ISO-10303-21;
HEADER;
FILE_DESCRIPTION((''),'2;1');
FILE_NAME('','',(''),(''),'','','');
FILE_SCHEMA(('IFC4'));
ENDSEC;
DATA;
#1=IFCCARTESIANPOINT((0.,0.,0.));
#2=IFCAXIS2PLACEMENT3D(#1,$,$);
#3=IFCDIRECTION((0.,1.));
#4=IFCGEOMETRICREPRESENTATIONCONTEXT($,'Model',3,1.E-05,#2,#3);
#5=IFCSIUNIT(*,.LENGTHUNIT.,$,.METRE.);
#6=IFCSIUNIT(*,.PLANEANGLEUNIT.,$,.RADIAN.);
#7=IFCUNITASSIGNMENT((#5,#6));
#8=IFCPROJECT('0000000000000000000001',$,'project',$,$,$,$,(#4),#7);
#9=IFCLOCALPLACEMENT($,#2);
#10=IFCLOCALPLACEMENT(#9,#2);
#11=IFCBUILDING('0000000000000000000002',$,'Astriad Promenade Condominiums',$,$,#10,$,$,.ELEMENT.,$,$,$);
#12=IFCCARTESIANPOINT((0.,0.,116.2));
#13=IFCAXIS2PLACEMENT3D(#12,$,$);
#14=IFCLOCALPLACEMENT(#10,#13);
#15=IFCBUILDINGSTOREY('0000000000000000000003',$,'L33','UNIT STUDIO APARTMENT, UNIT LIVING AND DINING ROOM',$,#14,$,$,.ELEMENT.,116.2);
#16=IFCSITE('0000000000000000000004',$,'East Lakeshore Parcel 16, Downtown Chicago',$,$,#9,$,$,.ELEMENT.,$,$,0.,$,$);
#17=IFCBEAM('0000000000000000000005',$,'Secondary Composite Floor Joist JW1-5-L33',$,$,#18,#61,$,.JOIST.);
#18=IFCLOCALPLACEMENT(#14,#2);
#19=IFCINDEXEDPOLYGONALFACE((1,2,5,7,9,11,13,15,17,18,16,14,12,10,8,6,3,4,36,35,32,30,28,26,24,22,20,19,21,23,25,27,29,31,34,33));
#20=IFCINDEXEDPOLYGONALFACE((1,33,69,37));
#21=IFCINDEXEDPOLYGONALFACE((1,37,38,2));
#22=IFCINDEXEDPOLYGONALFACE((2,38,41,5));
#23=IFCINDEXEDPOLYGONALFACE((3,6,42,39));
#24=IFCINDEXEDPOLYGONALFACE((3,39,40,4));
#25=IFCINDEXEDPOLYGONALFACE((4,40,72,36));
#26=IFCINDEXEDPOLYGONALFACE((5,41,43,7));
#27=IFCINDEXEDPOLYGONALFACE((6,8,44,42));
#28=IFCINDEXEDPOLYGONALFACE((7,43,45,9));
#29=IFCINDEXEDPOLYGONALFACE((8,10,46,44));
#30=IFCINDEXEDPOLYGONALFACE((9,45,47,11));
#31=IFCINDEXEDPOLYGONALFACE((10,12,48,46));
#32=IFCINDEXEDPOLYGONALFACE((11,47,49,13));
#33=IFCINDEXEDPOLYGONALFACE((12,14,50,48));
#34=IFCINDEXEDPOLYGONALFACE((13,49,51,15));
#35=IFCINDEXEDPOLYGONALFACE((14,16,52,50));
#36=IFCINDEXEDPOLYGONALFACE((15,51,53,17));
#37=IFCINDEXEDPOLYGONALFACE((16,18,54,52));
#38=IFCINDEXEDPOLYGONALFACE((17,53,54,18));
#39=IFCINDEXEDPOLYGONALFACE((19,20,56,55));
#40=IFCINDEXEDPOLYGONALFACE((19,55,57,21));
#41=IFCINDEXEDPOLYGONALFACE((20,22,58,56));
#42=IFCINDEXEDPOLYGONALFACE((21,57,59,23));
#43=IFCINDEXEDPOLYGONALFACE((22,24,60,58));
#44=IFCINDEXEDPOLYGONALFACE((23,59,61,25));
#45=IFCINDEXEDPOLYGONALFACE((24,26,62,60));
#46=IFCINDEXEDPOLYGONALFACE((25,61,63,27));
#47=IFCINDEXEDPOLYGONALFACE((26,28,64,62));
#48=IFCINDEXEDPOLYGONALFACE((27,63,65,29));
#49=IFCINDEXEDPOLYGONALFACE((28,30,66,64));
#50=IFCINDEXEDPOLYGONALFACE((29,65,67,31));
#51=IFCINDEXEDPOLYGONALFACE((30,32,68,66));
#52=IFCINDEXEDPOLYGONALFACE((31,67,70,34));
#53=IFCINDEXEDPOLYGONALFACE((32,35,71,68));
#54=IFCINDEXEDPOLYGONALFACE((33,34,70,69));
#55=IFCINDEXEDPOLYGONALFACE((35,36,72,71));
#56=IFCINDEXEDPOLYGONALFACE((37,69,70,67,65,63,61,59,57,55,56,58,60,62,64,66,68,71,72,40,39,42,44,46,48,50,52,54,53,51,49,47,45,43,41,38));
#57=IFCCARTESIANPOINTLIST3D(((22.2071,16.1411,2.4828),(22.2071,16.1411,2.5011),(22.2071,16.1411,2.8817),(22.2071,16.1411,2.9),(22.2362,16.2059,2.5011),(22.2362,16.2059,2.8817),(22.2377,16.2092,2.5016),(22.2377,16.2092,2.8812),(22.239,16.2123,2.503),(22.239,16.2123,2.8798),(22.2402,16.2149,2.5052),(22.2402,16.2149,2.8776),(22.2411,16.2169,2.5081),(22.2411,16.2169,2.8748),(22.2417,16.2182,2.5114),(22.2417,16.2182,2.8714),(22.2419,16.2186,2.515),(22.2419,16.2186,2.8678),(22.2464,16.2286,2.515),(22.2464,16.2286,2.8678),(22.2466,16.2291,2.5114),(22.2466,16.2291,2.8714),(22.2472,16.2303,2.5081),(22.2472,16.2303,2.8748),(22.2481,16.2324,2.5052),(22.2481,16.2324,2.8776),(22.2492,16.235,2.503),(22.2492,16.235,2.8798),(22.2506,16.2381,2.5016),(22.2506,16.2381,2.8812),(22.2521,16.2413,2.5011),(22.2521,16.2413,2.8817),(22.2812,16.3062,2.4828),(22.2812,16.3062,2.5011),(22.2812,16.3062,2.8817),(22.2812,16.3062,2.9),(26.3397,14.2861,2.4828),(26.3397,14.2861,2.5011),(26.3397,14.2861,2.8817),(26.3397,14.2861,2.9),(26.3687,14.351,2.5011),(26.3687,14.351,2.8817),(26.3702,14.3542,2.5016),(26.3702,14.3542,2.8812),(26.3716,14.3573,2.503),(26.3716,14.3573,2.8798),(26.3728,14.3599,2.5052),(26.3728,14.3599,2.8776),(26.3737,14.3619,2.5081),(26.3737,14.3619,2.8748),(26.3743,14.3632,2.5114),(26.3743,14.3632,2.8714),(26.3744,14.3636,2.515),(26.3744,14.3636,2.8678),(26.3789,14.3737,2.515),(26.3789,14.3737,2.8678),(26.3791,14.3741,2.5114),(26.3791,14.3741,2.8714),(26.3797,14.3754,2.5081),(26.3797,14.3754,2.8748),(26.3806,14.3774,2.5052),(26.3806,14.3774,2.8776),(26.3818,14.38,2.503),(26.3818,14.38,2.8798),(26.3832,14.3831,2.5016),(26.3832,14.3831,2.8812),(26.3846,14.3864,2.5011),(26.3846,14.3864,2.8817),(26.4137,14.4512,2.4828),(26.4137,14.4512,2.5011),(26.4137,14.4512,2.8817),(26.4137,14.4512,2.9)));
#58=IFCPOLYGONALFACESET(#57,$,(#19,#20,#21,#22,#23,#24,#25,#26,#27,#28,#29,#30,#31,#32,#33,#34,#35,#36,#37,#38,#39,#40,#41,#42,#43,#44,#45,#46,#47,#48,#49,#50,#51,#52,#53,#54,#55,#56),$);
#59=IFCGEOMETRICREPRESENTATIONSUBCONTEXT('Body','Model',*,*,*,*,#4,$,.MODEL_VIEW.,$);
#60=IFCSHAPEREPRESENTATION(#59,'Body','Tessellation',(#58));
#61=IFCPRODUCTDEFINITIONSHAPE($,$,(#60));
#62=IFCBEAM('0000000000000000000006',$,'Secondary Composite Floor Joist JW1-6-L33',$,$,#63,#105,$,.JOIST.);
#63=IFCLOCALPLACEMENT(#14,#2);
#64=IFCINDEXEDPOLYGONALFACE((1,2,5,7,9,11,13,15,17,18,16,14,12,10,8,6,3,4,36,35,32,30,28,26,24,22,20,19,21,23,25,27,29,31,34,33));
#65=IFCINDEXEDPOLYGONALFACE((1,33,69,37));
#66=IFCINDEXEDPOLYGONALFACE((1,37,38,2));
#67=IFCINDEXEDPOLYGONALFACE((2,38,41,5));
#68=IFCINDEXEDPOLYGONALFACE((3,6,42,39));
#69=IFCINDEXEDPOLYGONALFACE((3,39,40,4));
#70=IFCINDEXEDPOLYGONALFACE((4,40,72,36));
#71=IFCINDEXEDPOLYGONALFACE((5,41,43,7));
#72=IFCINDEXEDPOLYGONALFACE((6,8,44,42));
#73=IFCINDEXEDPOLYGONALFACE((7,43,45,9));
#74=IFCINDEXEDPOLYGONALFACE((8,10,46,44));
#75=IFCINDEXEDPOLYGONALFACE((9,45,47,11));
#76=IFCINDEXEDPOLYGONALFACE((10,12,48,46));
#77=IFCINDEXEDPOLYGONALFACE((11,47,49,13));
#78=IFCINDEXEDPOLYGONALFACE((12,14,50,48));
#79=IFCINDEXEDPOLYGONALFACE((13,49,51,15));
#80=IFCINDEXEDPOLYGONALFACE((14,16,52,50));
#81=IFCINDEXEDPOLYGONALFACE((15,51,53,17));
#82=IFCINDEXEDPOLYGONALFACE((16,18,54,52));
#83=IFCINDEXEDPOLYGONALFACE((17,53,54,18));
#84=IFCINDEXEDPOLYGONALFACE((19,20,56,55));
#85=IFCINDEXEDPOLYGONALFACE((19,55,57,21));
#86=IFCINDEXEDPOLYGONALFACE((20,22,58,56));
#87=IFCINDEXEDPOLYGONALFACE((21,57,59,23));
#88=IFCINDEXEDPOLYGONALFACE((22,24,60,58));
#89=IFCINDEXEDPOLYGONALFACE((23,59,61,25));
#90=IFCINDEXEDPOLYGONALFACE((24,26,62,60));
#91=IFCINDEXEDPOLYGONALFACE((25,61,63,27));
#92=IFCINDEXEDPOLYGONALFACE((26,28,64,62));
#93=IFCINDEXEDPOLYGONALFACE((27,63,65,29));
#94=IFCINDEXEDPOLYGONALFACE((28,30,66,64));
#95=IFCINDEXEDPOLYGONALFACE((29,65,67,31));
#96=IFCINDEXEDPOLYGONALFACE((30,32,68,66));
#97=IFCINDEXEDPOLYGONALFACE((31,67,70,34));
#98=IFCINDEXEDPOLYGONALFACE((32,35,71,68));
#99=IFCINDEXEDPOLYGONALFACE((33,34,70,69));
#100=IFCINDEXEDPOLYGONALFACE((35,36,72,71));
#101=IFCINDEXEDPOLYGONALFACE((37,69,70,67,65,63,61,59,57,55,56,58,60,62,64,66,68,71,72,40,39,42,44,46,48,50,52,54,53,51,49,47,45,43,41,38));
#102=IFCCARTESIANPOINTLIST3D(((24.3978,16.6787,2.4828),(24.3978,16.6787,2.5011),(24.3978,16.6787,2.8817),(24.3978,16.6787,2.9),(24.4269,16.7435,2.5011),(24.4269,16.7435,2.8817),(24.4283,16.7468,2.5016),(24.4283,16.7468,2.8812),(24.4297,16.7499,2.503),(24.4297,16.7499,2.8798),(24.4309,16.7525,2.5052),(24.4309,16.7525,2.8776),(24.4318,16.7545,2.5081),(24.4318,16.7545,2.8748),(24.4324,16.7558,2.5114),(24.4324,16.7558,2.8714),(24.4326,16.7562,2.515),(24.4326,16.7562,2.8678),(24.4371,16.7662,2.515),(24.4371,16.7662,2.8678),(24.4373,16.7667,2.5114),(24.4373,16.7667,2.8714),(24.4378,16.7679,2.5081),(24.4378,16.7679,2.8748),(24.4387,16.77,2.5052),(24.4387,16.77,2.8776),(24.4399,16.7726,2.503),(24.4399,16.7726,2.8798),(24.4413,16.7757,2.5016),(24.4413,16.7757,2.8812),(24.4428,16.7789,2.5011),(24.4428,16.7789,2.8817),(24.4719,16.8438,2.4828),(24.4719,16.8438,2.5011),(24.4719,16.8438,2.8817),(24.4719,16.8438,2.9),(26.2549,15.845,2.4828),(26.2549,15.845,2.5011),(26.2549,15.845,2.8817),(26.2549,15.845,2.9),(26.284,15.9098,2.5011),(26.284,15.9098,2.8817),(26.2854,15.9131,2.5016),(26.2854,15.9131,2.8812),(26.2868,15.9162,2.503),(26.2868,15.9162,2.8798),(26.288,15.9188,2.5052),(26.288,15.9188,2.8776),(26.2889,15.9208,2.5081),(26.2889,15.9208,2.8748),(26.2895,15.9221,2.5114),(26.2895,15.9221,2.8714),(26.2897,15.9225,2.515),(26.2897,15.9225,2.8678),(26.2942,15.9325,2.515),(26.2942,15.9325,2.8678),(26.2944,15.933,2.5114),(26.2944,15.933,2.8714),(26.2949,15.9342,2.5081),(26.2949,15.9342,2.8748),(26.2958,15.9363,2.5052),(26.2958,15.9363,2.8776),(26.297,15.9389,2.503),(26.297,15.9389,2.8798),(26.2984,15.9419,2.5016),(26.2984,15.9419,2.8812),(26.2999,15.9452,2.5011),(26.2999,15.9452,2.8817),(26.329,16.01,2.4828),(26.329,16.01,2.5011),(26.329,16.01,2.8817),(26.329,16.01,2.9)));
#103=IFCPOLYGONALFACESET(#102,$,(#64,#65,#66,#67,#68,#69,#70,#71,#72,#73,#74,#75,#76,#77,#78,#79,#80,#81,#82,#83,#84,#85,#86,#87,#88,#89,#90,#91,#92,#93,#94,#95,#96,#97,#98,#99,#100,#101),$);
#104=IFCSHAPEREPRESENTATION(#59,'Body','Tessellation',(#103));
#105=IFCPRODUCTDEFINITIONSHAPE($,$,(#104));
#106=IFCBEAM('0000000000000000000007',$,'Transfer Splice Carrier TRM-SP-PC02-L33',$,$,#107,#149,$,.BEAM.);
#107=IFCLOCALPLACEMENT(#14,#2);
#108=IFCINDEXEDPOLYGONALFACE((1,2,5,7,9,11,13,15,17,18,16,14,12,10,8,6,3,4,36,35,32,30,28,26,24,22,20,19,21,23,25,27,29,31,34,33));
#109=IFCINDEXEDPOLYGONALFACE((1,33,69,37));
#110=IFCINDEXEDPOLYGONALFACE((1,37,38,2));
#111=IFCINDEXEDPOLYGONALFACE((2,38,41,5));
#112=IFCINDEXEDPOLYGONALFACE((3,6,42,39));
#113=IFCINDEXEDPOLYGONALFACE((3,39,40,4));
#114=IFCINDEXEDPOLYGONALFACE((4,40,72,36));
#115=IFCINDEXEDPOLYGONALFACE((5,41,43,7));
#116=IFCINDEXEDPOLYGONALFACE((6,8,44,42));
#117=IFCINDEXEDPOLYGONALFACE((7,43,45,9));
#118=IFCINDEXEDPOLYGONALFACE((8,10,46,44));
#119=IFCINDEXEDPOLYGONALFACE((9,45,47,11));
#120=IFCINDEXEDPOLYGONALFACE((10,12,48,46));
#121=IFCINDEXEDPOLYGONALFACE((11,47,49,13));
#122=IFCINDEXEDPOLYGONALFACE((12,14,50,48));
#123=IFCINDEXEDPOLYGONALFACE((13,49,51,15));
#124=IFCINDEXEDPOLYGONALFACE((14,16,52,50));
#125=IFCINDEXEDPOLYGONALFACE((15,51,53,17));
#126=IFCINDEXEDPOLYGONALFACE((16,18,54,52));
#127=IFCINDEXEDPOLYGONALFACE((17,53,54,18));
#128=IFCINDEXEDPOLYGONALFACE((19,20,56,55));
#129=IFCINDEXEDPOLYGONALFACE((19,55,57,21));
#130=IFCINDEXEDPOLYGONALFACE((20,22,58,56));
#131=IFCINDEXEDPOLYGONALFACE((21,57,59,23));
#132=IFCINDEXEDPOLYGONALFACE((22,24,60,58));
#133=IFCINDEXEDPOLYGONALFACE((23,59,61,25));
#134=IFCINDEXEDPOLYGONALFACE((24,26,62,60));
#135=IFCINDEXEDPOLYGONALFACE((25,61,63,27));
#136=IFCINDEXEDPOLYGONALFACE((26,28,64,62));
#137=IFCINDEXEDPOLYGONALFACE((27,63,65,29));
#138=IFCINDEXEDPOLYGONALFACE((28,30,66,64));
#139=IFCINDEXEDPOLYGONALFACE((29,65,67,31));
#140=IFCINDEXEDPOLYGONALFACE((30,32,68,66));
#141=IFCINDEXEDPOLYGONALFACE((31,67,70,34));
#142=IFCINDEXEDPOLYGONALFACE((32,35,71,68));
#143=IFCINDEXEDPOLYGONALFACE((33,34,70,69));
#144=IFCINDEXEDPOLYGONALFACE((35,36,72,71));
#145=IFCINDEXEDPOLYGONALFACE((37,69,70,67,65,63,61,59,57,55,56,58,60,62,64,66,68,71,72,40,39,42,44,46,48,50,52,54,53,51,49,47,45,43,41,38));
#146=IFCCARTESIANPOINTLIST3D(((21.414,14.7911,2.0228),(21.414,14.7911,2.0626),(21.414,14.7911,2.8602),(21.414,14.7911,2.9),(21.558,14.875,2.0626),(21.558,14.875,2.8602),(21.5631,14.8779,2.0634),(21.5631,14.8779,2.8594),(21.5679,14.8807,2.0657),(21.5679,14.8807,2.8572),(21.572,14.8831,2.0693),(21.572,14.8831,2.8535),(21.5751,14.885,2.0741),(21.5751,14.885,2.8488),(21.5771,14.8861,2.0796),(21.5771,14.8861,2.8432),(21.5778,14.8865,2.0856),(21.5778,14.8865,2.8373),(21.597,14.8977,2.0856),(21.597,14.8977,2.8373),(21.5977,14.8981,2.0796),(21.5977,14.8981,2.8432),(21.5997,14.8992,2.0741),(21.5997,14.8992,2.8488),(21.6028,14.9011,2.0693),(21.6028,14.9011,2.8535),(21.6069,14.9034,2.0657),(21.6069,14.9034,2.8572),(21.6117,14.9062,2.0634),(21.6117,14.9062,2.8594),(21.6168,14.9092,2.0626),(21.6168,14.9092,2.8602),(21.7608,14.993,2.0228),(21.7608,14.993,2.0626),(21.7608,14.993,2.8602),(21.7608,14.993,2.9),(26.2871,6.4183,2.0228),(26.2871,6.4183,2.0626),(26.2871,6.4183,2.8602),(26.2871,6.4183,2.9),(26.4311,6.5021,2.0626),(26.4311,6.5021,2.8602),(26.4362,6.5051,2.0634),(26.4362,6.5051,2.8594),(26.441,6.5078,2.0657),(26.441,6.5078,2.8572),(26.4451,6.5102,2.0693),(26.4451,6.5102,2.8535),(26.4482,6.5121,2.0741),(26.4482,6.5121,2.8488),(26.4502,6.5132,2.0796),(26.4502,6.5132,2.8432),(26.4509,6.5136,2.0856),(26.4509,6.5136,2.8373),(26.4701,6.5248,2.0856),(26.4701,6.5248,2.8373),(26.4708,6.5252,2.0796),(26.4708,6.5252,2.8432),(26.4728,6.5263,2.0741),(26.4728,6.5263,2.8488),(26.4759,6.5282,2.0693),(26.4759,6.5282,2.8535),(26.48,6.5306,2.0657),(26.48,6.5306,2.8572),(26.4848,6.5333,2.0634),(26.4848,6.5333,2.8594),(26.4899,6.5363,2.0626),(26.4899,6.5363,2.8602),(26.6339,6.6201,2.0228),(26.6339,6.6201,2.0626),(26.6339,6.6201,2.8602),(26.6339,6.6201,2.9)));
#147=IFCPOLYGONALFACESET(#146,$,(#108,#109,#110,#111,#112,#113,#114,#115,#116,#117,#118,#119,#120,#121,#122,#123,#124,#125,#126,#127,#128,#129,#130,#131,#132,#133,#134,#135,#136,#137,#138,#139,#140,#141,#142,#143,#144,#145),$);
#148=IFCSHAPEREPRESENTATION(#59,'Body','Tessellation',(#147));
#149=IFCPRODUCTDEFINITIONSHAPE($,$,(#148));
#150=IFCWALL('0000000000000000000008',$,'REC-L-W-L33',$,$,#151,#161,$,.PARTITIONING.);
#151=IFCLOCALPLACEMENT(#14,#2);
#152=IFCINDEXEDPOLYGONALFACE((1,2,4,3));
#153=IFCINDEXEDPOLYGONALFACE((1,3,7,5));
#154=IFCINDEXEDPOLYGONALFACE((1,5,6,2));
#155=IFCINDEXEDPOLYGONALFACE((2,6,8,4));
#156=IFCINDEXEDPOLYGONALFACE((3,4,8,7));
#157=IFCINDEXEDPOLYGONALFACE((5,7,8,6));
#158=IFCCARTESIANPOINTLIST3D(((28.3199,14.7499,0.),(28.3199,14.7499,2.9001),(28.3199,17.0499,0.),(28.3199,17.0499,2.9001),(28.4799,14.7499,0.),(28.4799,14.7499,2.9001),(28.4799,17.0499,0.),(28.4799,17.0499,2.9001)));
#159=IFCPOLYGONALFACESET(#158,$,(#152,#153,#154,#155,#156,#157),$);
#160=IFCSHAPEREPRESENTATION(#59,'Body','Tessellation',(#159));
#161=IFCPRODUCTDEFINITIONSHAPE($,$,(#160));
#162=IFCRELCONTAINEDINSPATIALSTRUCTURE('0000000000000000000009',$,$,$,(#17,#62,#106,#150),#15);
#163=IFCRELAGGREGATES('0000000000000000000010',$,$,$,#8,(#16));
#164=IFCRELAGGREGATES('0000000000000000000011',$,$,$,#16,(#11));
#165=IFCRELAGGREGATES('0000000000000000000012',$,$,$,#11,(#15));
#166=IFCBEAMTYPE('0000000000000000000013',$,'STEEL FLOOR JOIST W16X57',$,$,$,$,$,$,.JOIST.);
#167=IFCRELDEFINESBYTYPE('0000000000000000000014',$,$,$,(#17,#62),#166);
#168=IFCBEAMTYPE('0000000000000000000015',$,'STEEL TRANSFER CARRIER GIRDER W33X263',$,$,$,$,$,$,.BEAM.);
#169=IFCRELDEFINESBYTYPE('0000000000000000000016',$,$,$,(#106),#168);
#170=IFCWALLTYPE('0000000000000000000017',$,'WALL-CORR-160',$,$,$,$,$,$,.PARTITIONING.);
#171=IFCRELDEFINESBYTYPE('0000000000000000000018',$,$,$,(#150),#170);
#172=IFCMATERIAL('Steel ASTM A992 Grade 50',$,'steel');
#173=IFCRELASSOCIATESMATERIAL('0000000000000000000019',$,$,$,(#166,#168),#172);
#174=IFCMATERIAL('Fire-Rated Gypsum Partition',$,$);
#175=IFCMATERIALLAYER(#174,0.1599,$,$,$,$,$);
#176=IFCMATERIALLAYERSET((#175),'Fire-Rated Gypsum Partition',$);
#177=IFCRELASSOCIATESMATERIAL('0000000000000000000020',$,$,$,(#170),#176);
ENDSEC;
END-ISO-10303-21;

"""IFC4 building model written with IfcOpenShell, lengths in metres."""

from ifc_helpers import new_model, si_unit, direction, frame, frame_2d, origin, origin_2d, place, context, subcontext, project, spatial, rectangle, i_section, extrude, source, transform, mapped, material, layer, layer_set, material_profile, profile_set, type_object, type_shapes, element, save


model = new_model("IFC4")

# Units and contexts
model_context = context("Model", 3, precision=1e-05, world=origin(), true_north=direction((0.0, 1.0)))
body_context = subcontext(model_context, "Body", "Model", "MODEL_VIEW")
ifc_project = project(units=[si_unit("LENGTHUNIT", "METRE"), si_unit("PLANEANGLEUNIT", "RADIAN")], contexts=[model_context])

# Site, building, storey
site_placement = place(None, origin())
site = spatial("IfcSite", under=ifc_project, at=site_placement, Name="East Lakeshore Parcel 16, Downtown Chicago", CompositionType="ELEMENT", RefElevation=0.0)
building_placement = place(site_placement, origin())
building = spatial("IfcBuilding", under=site, at=building_placement, Name="Astriad Promenade Condominiums", CompositionType="ELEMENT")
storey_placement = place(building_placement, frame((0.0, 0.0, 116.2)))
storey = spatial("IfcBuildingStorey", under=building, at=storey_placement, Name="L33", Description="UNIT STUDIO APARTMENT, UNIT LIVING AND DINING ROOM", CompositionType="ELEMENT", Elevation=116.2)

# Shared definitions
ifc_material_1 = material(Name="Steel ASTM A992 Grade 50", Category="steel")

# Beams
ifc_material_profile_1 = material_profile(ifc_material_1, i_section(OverallWidth=0.1809, OverallDepth=0.4172, WebThickness=0.011, FlangeThickness=0.0183, FilletRadius=0.0139, at=origin_2d()), Name="W16X57")
ifc_profile_set_1 = profile_set([ifc_material_profile_1], Name="Steel ASTM A992 Grade 50")
beam_type_1 = type_object("IfcBeamType", Name="STEEL FLOOR JOIST W16X57", PredefinedType="JOIST", material=ifc_profile_set_1)
shared_shape_1 = source(origin(), body_context, "Body", "SweptSolid", [
    extrude(i_section(OverallWidth=0.1809, OverallDepth=0.4172, WebThickness=0.011, FlangeThickness=0.0183, FilletRadius=0.0139, at=origin_2d()), origin(), (0.0, 0.0, 1.0), 4.5298),
])
beam_1_placement = place(storey_placement, frame((22.2441, 16.2236, 2.6914), z_axis=(0.912307, -0.409506, 0.0), x_axis=(0.409506, 0.912307, 0.0)))
element("IfcBeam", 1, at=beam_1_placement, inside=storey, type_object=beam_type_1, Name="Secondary Composite Floor Joist JW1-5-L33", PredefinedType="JOIST", context=body_context, shape_type="MappedRepresentation", body=[
    mapped(shared_shape_1, transform((0.0, 0.0, 0.0), scale=1.0)),
])
shared_shape_2 = source(origin(), body_context, "Body", "SweptSolid", [
    extrude(i_section(OverallWidth=0.1809, OverallDepth=0.4172, WebThickness=0.011, FlangeThickness=0.0183, FilletRadius=0.0139, at=origin_2d()), origin(), (0.0, 0.0, 1.0), 2.0356),
])
type_shapes(beam_type_1, [shared_shape_1, shared_shape_2])
beam_2_placement = place(storey_placement, frame((24.4348, 16.7612, 2.6914), z_axis=(0.912287, -0.409552, 0.0), x_axis=(0.409552, 0.912287, 0.0)))
element("IfcBeam", 2, at=beam_2_placement, inside=storey, type_object=beam_type_1, Name="Secondary Composite Floor Joist JW1-6-L33", PredefinedType="JOIST", context=body_context, shape_type="MappedRepresentation", body=[
    mapped(shared_shape_2, transform((0.0, 0.0, 0.0), scale=1.0)),
])
ifc_material_profile_2 = material_profile(ifc_material_1, i_section(OverallWidth=0.4014, OverallDepth=0.8772, WebThickness=0.0222, FlangeThickness=0.0398, FilletRadius=0.0229, at=origin_2d()), Name="W33X263")
ifc_profile_set_2 = profile_set([ifc_material_profile_2], Name="Steel ASTM A992 Grade 50")
beam_type_2 = type_object("IfcBeamType", Name="STEEL TRANSFER CARRIER GIRDER W33X263", PredefinedType="BEAM", material=ifc_profile_set_2)
shared_shape_3 = source(origin(), body_context, "Body", "SweptSolid", [
    extrude(i_section(OverallWidth=0.4014, OverallDepth=0.8772, WebThickness=0.0222, FlangeThickness=0.0398, FilletRadius=0.0229, at=origin_2d()), origin(), (0.0, 0.0, 1.0), 9.6877),
])
type_shapes(beam_type_2, [shared_shape_3])
beam_3_placement = place(storey_placement, frame((21.5874, 14.8921, 2.4614), z_axis=(0.503017, -0.864277, 0.0), x_axis=(0.864277, 0.503017, 0.0)))
element("IfcBeam", 3, at=beam_3_placement, inside=storey, type_object=beam_type_2, Name="Transfer Splice Carrier TRM-SP-PC02-L33", PredefinedType="BEAM", context=body_context, shape_type="MappedRepresentation", body=[
    mapped(shared_shape_3, transform((0.0, 0.0, 0.0), scale=1.0)),
])

# Wall
ifc_material_2 = material(Name="Fire-Rated Gypsum Partition")
ifc_layer_1 = layer(ifc_material_2, 0.1599)
ifc_layer_set_1 = layer_set([ifc_layer_1], Name="Fire-Rated Gypsum Partition")
wall_type_1 = type_object("IfcWallType", Name="WALL-CORR-160", PredefinedType="PARTITIONING", material=ifc_layer_set_1)
wall_1_placement = place(storey_placement, frame((28.3999, 14.75, 0.0), z_axis=(0.0, 0.0, 1.0), x_axis=(0.0, 1.0, 0.0)))
element("IfcWall", 4, at=wall_1_placement, inside=storey, type_object=wall_type_1, Name="REC-L-W-L33", PredefinedType="PARTITIONING", context=body_context, shape_type="SweptSolid", body=[
    extrude(rectangle(XDim=2.3, YDim=0.1599, at=frame_2d((1.1499, 0.0))), origin(), (0.0, 0.0, 1.0), 2.9001),
])

save(model, "model.ifc")
